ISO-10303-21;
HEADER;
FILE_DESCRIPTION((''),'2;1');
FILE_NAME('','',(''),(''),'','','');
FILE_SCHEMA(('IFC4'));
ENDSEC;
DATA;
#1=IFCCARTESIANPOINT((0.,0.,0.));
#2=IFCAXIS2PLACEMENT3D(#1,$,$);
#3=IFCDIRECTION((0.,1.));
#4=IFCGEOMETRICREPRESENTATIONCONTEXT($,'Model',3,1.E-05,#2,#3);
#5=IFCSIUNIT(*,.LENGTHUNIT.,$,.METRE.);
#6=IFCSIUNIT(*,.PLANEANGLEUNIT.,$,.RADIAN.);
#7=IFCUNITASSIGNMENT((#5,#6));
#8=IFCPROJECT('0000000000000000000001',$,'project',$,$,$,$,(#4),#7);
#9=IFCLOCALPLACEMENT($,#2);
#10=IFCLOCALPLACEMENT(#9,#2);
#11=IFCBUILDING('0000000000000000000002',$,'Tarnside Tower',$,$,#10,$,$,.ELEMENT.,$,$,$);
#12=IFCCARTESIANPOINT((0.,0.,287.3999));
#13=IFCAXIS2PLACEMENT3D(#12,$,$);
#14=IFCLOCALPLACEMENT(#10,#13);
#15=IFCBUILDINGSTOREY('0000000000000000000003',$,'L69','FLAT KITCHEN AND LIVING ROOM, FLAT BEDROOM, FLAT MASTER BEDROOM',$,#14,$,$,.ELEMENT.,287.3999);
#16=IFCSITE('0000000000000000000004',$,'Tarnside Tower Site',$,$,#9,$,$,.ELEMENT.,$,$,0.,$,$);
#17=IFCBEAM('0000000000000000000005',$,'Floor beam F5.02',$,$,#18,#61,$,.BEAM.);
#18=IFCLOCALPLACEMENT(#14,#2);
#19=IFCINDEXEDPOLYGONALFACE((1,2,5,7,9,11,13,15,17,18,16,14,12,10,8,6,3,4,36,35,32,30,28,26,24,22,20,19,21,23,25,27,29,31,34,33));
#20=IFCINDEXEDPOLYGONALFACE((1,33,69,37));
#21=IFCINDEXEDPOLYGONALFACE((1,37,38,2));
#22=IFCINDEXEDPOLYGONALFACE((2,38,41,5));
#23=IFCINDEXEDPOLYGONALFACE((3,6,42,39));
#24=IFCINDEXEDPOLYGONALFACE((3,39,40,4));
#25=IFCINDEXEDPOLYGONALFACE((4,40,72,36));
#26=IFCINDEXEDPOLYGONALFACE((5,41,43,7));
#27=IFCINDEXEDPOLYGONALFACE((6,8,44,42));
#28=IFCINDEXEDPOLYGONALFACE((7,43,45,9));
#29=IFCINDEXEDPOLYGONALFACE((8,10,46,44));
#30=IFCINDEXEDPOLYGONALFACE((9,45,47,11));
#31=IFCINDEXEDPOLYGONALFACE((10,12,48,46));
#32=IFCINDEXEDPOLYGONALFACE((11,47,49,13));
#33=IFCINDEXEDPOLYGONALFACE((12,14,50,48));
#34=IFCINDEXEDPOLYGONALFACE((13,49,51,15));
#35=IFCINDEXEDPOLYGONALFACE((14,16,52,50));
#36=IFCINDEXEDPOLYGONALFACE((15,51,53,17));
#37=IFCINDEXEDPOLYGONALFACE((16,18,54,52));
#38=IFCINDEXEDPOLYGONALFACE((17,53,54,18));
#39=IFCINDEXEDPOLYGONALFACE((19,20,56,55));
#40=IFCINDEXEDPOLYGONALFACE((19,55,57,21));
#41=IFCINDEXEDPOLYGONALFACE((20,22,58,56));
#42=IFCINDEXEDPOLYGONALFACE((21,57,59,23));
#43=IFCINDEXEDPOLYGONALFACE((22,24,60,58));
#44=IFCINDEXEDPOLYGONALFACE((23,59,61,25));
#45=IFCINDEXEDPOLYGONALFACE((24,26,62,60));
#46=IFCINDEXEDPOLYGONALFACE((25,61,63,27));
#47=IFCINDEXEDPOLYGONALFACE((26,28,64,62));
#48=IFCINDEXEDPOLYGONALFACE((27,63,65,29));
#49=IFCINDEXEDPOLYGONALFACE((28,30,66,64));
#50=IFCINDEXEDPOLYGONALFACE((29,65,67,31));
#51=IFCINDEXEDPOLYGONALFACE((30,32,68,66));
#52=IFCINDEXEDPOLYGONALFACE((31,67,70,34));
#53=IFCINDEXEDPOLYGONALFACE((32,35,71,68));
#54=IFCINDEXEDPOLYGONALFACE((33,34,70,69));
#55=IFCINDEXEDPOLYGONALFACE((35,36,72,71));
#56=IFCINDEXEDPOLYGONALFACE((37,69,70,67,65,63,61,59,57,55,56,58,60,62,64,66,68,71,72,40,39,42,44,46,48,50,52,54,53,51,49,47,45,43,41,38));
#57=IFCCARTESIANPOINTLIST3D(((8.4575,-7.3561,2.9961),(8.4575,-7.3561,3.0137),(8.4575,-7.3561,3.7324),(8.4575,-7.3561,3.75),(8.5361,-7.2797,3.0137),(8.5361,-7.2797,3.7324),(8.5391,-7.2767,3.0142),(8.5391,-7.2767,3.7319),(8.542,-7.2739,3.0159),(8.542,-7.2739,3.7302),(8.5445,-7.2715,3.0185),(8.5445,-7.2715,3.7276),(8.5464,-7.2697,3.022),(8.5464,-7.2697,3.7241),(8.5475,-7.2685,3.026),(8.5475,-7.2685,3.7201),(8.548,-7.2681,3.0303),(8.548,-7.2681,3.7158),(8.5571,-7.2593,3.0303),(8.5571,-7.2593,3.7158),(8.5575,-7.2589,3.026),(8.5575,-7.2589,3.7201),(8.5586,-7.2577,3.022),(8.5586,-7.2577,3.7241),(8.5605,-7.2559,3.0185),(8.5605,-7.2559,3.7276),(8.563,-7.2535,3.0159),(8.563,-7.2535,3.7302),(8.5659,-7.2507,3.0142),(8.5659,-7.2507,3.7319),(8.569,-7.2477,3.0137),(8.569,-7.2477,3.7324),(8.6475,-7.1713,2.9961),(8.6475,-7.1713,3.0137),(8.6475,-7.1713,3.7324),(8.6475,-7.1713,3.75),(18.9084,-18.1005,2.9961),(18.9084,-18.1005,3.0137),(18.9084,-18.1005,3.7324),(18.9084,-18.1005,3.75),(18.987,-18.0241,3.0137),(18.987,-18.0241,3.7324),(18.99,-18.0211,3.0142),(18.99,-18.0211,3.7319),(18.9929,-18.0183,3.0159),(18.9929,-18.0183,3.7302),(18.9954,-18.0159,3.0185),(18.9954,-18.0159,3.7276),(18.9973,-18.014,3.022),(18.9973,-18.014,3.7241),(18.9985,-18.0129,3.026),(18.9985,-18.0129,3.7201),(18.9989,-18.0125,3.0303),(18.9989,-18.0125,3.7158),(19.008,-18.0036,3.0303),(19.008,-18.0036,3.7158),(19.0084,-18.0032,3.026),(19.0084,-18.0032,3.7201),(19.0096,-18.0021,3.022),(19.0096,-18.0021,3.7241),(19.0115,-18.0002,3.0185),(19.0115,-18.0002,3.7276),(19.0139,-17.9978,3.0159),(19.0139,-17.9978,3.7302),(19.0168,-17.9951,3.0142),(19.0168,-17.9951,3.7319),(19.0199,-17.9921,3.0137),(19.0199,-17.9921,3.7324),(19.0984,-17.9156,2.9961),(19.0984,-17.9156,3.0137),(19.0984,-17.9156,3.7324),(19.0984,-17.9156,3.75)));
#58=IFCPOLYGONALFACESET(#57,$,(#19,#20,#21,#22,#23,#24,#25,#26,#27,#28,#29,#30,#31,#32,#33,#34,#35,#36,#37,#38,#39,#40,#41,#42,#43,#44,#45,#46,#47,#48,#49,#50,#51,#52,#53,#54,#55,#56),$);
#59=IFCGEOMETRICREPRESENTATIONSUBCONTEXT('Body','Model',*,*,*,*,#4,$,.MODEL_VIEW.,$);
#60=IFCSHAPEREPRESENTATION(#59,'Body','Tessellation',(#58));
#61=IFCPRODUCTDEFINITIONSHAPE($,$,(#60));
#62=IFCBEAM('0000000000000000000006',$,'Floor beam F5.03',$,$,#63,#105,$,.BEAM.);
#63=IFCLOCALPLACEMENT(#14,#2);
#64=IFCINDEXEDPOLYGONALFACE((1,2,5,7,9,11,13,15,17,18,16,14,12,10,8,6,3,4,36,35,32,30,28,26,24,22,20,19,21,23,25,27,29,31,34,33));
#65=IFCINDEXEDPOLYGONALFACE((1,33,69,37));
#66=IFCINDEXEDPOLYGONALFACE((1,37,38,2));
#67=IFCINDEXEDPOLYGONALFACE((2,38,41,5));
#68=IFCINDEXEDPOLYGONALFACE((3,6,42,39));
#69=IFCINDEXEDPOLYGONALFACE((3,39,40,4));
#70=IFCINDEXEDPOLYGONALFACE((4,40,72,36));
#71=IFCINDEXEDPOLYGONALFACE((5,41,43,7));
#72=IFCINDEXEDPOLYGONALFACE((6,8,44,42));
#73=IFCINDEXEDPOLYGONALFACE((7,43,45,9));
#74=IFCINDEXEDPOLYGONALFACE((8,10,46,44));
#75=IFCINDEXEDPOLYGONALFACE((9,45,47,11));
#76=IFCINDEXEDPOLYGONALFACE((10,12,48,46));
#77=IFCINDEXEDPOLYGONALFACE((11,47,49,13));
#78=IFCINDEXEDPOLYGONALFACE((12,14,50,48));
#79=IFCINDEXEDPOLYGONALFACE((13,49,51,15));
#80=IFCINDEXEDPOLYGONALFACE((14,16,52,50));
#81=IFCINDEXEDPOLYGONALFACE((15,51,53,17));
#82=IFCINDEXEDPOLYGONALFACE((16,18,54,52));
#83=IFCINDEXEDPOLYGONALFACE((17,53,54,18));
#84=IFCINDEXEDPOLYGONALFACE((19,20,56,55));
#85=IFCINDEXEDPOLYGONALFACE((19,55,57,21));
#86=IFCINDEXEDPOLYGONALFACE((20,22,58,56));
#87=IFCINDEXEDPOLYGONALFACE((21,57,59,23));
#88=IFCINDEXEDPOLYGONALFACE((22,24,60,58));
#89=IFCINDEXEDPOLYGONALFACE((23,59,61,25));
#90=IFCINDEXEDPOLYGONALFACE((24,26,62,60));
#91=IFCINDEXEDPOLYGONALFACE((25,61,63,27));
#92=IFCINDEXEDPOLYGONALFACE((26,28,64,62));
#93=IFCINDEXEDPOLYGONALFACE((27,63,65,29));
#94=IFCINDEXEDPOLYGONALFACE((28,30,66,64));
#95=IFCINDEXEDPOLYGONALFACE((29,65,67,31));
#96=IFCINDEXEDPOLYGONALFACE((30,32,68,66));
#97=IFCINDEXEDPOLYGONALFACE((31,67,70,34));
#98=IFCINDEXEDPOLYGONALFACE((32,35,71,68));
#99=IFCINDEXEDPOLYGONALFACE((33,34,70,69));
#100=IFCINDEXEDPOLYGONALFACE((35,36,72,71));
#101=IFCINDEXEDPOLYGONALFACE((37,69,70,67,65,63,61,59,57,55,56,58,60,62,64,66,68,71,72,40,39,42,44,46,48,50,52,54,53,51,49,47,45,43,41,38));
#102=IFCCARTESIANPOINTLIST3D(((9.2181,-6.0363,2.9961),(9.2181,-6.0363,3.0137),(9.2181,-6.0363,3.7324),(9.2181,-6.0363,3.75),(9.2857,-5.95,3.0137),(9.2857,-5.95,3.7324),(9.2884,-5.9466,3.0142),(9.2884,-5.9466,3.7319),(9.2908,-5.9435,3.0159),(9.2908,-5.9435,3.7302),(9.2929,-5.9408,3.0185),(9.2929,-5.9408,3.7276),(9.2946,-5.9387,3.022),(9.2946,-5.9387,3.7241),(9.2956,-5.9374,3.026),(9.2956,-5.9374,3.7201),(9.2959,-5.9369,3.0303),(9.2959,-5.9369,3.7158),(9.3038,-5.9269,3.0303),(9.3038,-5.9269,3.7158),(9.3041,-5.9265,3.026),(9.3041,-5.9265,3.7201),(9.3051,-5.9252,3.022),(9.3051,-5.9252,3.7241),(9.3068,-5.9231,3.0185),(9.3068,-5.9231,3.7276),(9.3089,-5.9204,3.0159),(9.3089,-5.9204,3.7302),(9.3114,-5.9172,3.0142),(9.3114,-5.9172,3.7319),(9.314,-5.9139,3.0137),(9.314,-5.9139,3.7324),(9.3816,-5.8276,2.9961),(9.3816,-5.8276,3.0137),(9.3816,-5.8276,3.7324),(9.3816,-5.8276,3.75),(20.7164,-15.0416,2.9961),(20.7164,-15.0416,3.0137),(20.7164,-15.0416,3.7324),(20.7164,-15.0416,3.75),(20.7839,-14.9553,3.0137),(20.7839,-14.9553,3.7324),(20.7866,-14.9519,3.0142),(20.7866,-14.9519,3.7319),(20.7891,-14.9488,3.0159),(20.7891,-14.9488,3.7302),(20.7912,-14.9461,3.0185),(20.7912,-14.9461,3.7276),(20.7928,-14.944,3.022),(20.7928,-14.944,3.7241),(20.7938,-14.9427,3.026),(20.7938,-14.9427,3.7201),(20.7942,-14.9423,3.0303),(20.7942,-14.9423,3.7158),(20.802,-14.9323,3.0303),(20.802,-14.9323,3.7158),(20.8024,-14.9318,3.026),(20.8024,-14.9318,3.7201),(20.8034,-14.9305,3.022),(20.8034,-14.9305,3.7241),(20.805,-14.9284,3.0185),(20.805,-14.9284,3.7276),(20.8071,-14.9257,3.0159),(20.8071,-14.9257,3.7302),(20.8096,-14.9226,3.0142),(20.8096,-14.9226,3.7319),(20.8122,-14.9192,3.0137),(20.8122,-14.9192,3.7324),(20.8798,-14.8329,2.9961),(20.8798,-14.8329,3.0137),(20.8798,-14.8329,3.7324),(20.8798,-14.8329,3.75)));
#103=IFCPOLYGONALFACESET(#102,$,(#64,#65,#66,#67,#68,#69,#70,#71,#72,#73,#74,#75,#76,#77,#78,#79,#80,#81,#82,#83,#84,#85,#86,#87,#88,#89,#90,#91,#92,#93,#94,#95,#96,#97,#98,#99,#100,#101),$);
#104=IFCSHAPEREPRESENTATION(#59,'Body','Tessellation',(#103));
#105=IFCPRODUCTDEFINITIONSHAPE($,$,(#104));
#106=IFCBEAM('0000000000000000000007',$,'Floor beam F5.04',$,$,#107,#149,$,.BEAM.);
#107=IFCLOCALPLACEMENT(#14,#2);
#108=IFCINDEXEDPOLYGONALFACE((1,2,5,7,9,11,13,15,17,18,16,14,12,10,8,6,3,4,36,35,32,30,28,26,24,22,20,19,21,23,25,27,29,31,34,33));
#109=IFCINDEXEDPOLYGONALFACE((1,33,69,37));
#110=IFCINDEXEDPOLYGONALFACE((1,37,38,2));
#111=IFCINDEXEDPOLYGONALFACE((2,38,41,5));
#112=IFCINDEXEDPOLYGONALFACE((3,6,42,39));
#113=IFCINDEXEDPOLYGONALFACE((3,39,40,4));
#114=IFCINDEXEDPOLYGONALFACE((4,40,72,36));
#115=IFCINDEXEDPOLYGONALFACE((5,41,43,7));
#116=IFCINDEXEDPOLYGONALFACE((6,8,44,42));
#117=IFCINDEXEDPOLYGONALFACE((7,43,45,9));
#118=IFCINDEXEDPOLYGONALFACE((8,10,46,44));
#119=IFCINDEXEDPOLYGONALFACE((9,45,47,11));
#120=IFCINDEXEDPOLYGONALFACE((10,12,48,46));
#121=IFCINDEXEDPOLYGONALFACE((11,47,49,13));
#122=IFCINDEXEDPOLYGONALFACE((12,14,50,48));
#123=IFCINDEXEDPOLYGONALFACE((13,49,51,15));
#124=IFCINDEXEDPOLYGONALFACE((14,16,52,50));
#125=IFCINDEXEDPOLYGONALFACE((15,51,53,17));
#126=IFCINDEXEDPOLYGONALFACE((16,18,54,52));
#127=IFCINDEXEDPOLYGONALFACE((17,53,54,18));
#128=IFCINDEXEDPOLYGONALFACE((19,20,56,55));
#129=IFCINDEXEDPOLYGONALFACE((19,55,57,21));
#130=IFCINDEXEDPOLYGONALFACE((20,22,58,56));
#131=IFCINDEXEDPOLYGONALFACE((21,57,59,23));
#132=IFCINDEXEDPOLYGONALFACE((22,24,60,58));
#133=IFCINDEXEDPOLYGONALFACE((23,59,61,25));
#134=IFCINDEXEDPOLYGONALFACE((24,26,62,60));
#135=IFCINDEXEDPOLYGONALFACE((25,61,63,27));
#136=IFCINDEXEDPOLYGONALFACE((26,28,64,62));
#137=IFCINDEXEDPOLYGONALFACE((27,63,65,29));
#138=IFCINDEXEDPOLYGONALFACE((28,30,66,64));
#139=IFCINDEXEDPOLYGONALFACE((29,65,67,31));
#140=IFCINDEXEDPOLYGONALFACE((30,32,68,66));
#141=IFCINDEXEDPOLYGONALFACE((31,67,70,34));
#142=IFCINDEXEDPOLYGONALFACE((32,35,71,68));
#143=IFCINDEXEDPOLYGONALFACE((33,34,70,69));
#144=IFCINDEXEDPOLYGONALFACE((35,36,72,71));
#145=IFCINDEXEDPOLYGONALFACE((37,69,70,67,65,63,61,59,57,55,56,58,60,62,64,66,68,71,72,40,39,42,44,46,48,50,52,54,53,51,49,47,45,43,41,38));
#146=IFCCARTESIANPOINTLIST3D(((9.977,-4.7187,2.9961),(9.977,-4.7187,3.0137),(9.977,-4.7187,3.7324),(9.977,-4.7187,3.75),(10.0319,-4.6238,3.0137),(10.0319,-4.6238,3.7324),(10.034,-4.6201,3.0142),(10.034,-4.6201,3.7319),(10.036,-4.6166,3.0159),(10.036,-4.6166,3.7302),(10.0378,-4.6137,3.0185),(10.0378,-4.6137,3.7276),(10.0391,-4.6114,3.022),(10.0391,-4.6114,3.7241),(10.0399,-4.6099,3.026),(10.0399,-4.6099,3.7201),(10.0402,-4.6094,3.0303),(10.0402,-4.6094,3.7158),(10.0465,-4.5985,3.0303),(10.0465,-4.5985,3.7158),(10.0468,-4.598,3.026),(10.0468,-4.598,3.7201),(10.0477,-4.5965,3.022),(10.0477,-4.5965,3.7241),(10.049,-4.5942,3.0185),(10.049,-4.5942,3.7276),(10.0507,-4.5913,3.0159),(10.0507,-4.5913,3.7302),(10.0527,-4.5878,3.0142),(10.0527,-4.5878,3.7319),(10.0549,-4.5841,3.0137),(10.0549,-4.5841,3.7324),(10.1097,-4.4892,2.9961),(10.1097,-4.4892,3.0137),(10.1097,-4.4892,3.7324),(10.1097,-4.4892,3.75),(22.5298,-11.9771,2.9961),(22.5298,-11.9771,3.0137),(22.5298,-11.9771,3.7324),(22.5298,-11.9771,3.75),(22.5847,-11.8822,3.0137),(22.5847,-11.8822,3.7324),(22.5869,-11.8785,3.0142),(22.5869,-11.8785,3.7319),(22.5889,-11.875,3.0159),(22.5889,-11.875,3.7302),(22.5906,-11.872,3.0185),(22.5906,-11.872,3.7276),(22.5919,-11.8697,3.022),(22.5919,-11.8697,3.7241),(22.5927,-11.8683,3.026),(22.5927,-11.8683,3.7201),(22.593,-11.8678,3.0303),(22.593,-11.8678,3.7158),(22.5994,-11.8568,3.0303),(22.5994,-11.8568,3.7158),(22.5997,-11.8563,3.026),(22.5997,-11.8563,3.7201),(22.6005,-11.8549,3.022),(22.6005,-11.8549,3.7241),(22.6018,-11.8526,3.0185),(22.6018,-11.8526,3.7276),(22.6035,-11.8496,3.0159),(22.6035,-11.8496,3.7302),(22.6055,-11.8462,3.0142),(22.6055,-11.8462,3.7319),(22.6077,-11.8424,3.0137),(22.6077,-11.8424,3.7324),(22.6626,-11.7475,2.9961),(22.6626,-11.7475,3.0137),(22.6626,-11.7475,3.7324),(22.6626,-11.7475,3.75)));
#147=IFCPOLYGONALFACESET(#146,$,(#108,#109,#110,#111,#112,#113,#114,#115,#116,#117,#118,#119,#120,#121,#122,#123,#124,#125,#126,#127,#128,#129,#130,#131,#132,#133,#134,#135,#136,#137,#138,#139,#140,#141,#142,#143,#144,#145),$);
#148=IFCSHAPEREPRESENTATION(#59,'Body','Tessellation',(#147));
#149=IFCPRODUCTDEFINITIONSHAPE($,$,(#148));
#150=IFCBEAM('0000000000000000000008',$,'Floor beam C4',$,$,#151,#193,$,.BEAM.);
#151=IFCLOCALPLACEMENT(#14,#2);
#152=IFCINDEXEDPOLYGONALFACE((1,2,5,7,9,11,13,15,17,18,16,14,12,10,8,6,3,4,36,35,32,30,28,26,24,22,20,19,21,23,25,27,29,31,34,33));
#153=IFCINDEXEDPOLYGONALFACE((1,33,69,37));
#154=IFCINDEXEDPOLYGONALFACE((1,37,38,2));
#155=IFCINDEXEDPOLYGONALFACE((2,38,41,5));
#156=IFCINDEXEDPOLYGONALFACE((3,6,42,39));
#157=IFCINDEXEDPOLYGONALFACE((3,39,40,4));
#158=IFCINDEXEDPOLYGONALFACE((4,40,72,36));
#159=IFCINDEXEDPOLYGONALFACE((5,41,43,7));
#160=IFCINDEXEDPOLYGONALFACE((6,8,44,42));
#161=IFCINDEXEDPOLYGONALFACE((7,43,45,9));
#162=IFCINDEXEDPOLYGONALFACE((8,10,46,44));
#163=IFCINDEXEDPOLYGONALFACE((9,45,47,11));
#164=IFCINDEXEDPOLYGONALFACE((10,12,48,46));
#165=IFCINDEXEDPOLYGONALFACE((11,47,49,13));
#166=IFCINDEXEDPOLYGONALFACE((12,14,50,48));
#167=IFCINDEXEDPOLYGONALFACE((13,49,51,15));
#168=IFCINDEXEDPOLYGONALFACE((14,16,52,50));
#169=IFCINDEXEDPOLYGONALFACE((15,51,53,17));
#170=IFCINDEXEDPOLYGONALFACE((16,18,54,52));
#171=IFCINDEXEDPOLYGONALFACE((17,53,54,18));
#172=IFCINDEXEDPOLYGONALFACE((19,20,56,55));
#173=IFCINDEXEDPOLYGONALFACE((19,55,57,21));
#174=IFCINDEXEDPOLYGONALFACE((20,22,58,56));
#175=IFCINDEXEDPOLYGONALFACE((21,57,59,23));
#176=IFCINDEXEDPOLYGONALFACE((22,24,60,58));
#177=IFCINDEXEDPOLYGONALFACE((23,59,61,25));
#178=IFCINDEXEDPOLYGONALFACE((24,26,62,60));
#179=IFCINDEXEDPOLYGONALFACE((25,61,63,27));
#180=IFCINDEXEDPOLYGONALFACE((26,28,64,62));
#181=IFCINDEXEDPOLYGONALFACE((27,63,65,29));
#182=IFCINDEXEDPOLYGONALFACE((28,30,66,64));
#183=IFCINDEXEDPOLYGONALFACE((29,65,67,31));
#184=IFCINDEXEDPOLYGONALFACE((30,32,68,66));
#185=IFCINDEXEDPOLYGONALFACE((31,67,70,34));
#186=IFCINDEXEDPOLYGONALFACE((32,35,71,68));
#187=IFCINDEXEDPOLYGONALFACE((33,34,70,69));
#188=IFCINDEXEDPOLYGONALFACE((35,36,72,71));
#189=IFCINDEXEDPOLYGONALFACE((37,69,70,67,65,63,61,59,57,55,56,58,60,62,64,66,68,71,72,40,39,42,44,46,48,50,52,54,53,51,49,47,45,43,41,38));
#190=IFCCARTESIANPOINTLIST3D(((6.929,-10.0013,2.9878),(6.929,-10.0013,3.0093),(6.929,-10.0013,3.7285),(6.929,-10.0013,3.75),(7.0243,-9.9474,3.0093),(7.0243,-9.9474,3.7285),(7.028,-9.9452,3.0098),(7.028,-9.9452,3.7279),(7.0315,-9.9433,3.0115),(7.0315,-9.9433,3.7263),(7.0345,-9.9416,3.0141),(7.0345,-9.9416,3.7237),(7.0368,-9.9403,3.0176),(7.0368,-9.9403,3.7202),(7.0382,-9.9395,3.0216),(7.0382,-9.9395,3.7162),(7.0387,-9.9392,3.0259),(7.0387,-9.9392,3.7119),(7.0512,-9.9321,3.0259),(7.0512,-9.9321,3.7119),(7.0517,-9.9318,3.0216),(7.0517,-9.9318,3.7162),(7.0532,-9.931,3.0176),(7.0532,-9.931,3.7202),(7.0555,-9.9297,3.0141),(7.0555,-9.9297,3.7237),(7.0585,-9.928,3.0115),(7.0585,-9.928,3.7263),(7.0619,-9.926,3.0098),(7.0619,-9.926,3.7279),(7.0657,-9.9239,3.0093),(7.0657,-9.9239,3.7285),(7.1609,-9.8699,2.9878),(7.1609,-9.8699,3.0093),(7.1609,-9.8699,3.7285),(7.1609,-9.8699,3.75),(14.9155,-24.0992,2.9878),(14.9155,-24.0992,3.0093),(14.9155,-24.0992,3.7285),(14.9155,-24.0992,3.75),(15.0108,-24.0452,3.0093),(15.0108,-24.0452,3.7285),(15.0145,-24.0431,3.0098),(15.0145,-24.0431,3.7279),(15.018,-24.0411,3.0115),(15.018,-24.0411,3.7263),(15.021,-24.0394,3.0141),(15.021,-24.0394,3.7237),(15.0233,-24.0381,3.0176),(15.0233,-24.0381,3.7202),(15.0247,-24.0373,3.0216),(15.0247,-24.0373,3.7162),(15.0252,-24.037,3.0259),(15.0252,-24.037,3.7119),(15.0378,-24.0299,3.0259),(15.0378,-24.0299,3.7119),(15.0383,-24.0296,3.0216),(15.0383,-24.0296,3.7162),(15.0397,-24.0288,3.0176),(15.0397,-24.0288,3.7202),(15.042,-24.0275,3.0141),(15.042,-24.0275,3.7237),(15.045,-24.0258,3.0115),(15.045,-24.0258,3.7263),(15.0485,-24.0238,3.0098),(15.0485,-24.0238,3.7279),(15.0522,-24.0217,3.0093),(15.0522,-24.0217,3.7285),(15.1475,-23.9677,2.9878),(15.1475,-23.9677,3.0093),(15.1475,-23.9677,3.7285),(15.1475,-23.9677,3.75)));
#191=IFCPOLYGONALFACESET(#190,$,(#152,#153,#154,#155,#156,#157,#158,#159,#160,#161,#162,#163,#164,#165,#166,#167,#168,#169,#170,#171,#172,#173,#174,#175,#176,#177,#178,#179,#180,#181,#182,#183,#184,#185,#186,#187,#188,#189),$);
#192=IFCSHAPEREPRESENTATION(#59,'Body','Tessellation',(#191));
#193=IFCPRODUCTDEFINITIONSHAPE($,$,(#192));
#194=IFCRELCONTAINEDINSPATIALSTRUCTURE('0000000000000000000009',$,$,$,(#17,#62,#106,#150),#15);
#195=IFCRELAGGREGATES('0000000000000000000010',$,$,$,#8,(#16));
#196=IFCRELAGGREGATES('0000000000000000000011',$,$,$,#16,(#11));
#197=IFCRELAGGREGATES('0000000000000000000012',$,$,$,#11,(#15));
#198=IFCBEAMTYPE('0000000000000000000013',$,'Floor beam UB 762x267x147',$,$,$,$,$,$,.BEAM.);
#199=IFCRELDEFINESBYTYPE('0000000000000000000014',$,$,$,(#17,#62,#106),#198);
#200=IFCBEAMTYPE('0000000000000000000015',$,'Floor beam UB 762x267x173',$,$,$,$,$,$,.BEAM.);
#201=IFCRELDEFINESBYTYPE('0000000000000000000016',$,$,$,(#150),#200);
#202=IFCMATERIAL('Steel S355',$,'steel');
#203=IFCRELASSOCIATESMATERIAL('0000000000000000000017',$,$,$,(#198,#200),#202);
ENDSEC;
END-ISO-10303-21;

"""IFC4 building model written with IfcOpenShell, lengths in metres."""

from ifc_helpers import new_model, si_unit, direction, frame, origin, origin_2d, place, context, subcontext, project, spatial, i_section, extrude, material, material_profile, profile_set, type_object, element, save


model = new_model("IFC4")

# Units and contexts
model_context = context("Model", 3, precision=1e-05, world=origin(), true_north=direction((0.0, 1.0)))
body_context = subcontext(model_context, "Body", "Model", "MODEL_VIEW")
ifc_project = project(units=[si_unit("LENGTHUNIT", "METRE"), si_unit("PLANEANGLEUNIT", "RADIAN")], contexts=[model_context])

# Site, building, storey
site_placement = place(None, origin())
site = spatial("IfcSite", under=ifc_project, at=site_placement, Name="Tarnside Tower Site", CompositionType="ELEMENT", RefElevation=0.0)
building_placement = place(site_placement, origin())
building = spatial("IfcBuilding", under=site, at=building_placement, Name="Tarnside Tower", CompositionType="ELEMENT")
storey_placement = place(building_placement, frame((0.0, 0.0, 287.3999)))
storey = spatial("IfcBuildingStorey", under=building, at=storey_placement, Name="L69", Description="FLAT KITCHEN AND LIVING ROOM, FLAT BEDROOM, FLAT MASTER BEDROOM", CompositionType="ELEMENT", Elevation=287.3999)

# Beams
ifc_material_1 = material(Name="Steel S355", Category="steel")
ifc_material_profile_1 = material_profile(ifc_material_1, i_section(OverallWidth=0.2651, OverallDepth=0.7539, WebThickness=0.0127, FlangeThickness=0.0176, FilletRadius=0.0166, at=origin_2d()), Name="UB 762x267x147")
ifc_profile_set_1 = profile_set([ifc_material_profile_1], Name="Steel S355")
beam_type_1 = type_object("IfcBeamType", Name="Floor beam UB 762x267x147", PredefinedType="BEAM", material=ifc_profile_set_1)
beam_1_placement = place(storey_placement, frame((19.0034, -18.0081, 3.373), z_axis=(-0.69725, 0.716828, 0.0), x_axis=(-0.716828, -0.69725, 0.0)))
element("IfcBeam", 1, at=beam_1_placement, inside=storey, type_object=beam_type_1, Name="Floor beam F5.02", PredefinedType="BEAM", context=body_context, shape_type="SweptSolid", body=[
    extrude(i_section(OverallWidth=0.2651, OverallDepth=0.7539, WebThickness=0.0127, FlangeThickness=0.0176, FilletRadius=0.0166, at=origin_2d()), origin(), (0.0, 0.0, 1.0), 14.9888),
])
beam_2_placement = place(storey_placement, frame((20.7981, -14.9373, 3.373), z_axis=(-0.787282, 0.616593, 0.0), x_axis=(-0.616593, -0.787282, 0.0)))
element("IfcBeam", 2, at=beam_2_placement, inside=storey, type_object=beam_type_1, Name="Floor beam F5.03", PredefinedType="BEAM", context=body_context, shape_type="SweptSolid", body=[
    extrude(i_section(OverallWidth=0.2651, OverallDepth=0.7539, WebThickness=0.0127, FlangeThickness=0.0176, FilletRadius=0.0166, at=origin_2d()), origin(), (0.0, 0.0, 1.0), 14.605),
])
beam_3_placement = place(storey_placement, frame((22.5962, -11.8623, 3.373), z_axis=(-0.865697, 0.500568, 0.0), x_axis=(-0.500568, -0.865697, 0.0)))
element("IfcBeam", 3, at=beam_3_placement, inside=storey, type_object=beam_type_1, Name="Floor beam F5.04", PredefinedType="BEAM", context=body_context, shape_type="SweptSolid", body=[
    extrude(i_section(OverallWidth=0.2651, OverallDepth=0.7539, WebThickness=0.0127, FlangeThickness=0.0176, FilletRadius=0.0166, at=origin_2d()), origin(), (0.0, 0.0, 1.0), 14.5002),
])
ifc_material_profile_2 = material_profile(ifc_material_1, i_section(OverallWidth=0.2666, OverallDepth=0.7622, WebThickness=0.0144, FlangeThickness=0.0215, FilletRadius=0.0166, at=origin_2d()), Name="UB 762x267x173")
ifc_profile_set_2 = profile_set([ifc_material_profile_2], Name="Steel S355")
beam_type_2 = type_object("IfcBeamType", Name="Floor beam UB 762x267x173", PredefinedType="BEAM", material=ifc_profile_set_2)
beam_4_placement = place(storey_placement, frame((15.0315, -24.0334, 3.3689), z_axis=(-0.492908, 0.870081, 0.0), x_axis=(-0.870081, -0.492908, 0.0)))
element("IfcBeam", 4, at=beam_4_placement, inside=storey, type_object=beam_type_2, Name="Floor beam C4", PredefinedType="BEAM", context=body_context, shape_type="SweptSolid", body=[
    extrude(i_section(OverallWidth=0.2666, OverallDepth=0.7622, WebThickness=0.0144, FlangeThickness=0.0215, FilletRadius=0.0166, at=origin_2d()), origin(), (0.0, 0.0, 1.0), 16.2029),
])

save(model, "model.ifc")
